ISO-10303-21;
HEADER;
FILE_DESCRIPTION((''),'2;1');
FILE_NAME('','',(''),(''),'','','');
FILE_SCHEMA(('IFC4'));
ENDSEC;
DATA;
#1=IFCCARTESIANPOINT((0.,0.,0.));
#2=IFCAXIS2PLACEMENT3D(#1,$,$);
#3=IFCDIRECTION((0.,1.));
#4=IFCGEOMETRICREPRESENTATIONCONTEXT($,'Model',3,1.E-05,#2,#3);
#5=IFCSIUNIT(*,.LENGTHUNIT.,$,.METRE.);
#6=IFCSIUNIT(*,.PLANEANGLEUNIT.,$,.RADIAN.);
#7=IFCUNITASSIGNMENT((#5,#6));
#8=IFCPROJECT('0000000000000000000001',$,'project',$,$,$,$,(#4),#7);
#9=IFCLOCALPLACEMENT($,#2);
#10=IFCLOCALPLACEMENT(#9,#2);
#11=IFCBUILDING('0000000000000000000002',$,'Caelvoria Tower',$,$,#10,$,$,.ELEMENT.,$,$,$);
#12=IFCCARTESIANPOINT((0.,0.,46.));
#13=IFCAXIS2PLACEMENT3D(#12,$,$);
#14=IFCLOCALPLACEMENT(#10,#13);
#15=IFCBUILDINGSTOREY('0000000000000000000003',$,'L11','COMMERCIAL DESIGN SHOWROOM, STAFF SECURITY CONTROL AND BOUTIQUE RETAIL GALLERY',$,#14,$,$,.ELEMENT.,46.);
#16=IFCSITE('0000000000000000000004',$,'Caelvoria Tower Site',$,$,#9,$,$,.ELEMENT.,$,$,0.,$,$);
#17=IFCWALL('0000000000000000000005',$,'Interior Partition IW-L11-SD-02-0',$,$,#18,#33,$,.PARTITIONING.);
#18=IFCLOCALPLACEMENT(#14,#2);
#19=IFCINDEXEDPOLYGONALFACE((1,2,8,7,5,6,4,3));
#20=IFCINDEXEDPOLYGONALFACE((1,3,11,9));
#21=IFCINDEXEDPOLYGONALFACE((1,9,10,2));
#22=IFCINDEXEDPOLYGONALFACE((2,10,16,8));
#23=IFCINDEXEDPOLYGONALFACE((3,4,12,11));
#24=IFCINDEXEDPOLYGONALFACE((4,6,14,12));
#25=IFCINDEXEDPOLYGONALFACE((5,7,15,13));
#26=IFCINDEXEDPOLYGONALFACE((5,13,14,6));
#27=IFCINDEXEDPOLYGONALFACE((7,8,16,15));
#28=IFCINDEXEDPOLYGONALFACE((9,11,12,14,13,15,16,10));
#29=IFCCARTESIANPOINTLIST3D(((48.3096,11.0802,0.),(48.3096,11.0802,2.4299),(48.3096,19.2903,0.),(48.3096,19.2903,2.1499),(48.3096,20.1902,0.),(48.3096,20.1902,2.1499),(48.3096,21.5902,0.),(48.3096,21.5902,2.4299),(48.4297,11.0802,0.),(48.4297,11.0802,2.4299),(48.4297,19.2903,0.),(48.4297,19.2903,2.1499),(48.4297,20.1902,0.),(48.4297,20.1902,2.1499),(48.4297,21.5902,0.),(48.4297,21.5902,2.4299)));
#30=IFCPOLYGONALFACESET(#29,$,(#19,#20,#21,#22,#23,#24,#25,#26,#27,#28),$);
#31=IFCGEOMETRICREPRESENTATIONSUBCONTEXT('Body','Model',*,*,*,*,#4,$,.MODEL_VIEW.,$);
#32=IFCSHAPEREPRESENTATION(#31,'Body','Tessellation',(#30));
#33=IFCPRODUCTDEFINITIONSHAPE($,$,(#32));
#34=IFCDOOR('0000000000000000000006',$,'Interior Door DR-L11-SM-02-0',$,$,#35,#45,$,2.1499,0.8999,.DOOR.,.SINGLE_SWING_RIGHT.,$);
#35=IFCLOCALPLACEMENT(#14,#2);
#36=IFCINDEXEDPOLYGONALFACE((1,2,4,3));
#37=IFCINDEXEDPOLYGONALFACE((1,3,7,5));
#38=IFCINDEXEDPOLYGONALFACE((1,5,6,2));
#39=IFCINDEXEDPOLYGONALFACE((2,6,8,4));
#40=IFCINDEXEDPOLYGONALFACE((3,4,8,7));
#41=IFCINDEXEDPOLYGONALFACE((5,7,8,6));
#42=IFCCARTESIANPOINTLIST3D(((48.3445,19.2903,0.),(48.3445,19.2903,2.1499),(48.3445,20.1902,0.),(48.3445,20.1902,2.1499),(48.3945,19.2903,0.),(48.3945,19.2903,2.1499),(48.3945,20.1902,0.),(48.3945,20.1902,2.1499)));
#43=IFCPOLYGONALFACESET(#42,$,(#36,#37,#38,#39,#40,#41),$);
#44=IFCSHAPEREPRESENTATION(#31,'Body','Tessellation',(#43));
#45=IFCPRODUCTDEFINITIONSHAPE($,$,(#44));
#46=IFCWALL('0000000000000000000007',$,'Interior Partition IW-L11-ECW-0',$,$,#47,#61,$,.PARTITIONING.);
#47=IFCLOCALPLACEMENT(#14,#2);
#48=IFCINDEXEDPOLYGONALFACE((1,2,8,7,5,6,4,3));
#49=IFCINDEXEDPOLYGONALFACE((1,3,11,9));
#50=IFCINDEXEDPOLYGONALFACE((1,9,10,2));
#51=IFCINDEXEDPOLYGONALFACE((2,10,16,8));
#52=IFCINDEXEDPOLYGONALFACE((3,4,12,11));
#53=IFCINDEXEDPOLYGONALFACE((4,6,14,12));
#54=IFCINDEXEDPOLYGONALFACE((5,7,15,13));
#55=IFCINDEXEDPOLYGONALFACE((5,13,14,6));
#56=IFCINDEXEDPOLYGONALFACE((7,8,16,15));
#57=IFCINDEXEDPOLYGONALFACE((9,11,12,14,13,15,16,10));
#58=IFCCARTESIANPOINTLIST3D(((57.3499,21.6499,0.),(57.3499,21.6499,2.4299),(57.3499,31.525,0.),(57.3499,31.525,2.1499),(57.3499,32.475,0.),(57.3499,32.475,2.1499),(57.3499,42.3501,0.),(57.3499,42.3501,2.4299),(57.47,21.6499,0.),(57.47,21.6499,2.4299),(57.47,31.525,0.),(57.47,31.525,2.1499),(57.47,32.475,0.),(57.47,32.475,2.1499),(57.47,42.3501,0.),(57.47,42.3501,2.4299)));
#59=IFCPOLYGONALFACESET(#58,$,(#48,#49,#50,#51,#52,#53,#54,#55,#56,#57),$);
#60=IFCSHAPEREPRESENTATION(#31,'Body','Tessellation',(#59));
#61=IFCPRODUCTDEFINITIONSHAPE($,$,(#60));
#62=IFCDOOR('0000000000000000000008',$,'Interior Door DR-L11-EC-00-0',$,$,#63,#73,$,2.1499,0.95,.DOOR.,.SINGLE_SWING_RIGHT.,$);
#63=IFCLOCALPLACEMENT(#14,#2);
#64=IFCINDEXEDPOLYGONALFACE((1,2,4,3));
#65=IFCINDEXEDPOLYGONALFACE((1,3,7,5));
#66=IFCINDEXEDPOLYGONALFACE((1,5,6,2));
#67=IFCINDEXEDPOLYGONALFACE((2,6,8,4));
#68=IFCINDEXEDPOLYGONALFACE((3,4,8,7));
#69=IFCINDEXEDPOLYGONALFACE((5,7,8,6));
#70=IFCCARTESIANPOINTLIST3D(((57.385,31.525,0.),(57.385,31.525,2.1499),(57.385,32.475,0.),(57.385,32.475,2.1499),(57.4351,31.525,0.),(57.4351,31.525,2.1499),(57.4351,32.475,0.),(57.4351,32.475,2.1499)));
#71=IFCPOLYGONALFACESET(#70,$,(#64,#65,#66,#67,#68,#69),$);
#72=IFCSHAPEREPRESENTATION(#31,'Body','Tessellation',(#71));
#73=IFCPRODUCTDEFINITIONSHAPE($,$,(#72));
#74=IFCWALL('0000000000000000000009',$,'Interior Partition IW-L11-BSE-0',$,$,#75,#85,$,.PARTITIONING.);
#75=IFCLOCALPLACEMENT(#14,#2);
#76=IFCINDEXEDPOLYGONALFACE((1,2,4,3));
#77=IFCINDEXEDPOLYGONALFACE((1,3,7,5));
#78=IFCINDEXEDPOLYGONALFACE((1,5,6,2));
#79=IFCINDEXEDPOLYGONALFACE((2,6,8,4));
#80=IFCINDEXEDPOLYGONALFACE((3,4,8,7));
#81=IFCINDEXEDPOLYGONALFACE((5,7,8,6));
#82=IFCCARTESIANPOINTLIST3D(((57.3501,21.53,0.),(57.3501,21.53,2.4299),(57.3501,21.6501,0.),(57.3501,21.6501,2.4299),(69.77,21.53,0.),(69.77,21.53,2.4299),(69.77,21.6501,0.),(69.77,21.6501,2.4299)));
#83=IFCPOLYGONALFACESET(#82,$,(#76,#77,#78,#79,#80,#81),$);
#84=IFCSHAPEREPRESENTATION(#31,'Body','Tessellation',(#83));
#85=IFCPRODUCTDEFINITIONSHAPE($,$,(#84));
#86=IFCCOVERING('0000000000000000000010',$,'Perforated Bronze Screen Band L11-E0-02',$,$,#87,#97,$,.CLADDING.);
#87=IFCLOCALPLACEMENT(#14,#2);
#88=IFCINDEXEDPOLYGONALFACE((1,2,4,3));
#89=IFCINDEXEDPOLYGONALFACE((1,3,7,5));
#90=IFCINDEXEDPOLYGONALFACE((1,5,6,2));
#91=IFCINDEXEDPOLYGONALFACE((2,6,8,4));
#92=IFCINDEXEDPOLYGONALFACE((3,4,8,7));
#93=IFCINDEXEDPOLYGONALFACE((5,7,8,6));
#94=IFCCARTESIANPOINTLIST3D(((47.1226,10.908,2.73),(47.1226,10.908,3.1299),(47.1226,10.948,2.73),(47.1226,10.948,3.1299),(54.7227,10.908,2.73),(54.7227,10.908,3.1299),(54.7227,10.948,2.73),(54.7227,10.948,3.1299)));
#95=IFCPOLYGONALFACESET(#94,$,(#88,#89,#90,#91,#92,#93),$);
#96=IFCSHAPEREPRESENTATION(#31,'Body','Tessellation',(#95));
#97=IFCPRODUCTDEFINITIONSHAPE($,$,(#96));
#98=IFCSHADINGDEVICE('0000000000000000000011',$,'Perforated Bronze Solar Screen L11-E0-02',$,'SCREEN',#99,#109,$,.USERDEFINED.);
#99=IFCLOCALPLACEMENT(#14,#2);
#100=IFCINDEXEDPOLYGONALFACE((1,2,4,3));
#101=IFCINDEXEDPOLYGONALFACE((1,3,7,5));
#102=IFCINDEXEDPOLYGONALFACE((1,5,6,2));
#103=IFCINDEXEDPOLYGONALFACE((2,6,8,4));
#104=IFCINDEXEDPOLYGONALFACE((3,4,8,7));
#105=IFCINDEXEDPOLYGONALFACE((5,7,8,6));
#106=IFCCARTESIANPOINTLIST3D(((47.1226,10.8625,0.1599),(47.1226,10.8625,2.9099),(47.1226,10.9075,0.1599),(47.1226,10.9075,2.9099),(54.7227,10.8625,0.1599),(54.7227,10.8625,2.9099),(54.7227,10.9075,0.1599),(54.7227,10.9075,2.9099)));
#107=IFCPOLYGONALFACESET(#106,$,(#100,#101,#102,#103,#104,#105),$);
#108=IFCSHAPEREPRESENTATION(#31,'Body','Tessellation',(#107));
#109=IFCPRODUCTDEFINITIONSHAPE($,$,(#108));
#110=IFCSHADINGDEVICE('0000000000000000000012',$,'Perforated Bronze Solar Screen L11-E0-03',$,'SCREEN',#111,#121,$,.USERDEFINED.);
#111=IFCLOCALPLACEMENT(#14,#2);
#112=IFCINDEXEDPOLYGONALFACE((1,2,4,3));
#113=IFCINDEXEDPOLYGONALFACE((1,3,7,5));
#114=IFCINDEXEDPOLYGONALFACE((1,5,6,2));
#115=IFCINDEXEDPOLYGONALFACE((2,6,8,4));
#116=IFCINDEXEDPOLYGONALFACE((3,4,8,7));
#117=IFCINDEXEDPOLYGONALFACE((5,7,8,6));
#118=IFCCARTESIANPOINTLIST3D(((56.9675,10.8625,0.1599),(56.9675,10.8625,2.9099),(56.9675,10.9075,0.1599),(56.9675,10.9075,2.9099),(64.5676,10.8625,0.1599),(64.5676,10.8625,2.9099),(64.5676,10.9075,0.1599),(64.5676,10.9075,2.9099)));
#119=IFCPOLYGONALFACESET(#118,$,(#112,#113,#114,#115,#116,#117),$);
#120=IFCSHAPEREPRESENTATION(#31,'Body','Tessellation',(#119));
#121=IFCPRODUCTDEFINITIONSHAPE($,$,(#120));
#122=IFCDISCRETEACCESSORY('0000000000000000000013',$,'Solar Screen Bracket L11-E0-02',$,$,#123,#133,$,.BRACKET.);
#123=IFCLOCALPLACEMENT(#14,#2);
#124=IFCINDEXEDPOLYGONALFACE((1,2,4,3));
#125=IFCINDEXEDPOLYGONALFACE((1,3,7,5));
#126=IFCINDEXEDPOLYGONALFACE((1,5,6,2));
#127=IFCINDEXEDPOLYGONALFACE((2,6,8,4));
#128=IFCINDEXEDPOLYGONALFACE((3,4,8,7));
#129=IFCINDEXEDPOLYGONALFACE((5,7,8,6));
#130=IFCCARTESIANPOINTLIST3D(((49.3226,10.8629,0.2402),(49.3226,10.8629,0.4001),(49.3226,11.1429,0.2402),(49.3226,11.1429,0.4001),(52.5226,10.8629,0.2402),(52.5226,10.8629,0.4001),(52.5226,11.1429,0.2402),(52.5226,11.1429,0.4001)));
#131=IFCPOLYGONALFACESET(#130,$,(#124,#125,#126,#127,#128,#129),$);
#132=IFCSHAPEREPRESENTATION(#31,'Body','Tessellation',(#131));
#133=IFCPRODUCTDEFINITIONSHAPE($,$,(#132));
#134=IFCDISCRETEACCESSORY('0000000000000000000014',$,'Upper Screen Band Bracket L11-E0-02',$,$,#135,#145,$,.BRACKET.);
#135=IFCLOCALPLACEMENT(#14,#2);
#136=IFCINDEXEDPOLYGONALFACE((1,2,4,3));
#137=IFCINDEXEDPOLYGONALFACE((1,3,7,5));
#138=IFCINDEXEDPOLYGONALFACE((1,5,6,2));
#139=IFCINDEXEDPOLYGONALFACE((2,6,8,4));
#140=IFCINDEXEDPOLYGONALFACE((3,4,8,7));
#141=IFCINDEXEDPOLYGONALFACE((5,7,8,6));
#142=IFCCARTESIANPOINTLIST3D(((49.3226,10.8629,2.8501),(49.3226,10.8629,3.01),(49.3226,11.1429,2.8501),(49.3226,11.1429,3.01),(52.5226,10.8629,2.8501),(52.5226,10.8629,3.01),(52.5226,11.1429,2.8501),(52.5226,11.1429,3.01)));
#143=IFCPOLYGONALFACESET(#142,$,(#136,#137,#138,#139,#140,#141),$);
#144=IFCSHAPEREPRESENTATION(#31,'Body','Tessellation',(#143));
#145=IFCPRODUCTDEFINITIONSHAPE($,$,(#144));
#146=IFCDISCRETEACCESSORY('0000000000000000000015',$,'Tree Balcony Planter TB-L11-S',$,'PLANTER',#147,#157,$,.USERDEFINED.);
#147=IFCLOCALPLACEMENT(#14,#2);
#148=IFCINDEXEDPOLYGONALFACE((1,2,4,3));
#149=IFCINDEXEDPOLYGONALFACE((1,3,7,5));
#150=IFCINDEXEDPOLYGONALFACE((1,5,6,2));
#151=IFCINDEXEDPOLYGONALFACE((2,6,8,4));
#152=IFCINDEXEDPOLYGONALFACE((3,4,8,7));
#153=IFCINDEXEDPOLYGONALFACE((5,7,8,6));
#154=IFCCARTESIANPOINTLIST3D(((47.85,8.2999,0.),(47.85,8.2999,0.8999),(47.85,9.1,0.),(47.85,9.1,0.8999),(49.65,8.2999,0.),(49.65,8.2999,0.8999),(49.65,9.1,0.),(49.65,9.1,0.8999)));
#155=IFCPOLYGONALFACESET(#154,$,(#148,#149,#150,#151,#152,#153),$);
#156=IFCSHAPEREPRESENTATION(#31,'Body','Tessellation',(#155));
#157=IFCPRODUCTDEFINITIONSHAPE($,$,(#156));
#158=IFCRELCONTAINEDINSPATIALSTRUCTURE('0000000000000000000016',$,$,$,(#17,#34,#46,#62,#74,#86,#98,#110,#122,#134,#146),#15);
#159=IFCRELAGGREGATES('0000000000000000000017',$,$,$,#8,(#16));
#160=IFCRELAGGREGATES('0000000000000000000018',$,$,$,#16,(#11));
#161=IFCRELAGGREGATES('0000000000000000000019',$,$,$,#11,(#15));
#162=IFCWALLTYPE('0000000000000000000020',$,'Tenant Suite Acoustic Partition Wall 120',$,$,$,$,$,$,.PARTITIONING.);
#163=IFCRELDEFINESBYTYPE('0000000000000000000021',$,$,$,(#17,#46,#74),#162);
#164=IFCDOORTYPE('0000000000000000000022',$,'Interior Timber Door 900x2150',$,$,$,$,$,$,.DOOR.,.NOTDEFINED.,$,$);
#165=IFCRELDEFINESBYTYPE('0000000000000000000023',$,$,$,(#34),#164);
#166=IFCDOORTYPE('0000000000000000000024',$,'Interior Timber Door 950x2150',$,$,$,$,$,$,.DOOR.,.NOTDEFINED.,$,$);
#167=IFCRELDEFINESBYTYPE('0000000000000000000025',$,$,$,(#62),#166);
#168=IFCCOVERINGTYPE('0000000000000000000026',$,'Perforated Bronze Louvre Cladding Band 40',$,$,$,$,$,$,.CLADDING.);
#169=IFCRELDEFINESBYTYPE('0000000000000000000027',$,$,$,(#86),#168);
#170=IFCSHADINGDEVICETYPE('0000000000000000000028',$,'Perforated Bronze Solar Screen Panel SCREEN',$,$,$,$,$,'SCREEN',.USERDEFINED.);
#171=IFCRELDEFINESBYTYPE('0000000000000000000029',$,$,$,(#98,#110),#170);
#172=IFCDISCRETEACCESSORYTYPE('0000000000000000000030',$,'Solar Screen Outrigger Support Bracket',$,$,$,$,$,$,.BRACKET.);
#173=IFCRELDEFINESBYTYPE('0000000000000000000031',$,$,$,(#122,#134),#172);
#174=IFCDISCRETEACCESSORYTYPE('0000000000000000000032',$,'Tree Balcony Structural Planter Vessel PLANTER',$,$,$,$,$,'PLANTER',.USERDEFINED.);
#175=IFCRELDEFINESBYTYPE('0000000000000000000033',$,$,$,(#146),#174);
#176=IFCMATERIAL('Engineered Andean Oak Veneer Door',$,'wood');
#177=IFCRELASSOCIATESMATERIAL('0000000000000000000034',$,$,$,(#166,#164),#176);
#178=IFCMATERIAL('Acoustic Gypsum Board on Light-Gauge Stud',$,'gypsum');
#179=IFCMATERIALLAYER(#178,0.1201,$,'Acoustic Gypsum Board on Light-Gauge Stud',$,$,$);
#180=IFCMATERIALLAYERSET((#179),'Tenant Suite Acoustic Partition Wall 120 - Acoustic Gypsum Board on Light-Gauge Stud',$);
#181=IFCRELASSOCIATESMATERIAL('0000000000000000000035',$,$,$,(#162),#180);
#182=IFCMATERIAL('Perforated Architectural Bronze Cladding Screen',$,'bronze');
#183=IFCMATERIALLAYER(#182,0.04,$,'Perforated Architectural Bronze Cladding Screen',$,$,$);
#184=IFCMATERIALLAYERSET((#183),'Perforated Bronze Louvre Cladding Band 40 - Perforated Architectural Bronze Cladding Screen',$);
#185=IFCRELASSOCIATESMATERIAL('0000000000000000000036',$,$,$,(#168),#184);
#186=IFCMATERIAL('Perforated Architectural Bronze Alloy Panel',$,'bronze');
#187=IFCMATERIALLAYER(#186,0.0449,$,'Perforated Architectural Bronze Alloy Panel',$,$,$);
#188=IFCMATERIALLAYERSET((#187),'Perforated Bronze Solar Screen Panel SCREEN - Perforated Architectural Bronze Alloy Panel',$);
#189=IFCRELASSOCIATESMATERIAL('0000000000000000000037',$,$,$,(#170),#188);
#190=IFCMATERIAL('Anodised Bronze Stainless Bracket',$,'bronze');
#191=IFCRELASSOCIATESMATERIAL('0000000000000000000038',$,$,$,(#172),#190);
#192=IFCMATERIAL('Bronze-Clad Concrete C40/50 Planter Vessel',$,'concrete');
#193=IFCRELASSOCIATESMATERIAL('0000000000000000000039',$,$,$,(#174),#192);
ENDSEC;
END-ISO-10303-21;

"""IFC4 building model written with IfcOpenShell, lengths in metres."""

from ifc_helpers import new_model, si_unit, direction, frame, frame_2d, origin, origin_2d, place, context, subcontext, project, spatial, rectangle, extrude, material, layer, layer_set, type_object, element, fill, save


model = new_model("IFC4")

# Units and contexts
model_context = context("Model", 3, precision=1e-05, world=origin(), true_north=direction((0.0, 1.0)))
body_context = subcontext(model_context, "Body", "Model", "MODEL_VIEW")
ifc_project = project(units=[si_unit("LENGTHUNIT", "METRE"), si_unit("PLANEANGLEUNIT", "RADIAN")], contexts=[model_context])

# Site, building, storey
site_placement = place(None, origin())
site = spatial("IfcSite", under=ifc_project, at=site_placement, Name="Caelvoria Tower Site", CompositionType="ELEMENT", RefElevation=0.0)
building_placement = place(site_placement, origin())
building = spatial("IfcBuilding", under=site, at=building_placement, Name="Caelvoria Tower", CompositionType="ELEMENT")
storey_placement = place(building_placement, frame((0.0, 0.0, 46.0)))
storey = spatial("IfcBuildingStorey", under=building, at=storey_placement, Name="L11", Description="COMMERCIAL DESIGN SHOWROOM, STAFF SECURITY CONTROL AND BOUTIQUE RETAIL GALLERY", CompositionType="ELEMENT", Elevation=46.0)

# Shared definitions
ifc_material_1 = material(Name="Engineered Andean Oak Veneer Door", Category="wood")
door_type_1 = type_object("IfcDoorType", Name="Interior Timber Door 950x2150", OperationType="NOTDEFINED", PredefinedType="DOOR", material=ifc_material_1)

# Walls, openings, doors
ifc_material_2 = material(Name="Acoustic Gypsum Board on Light-Gauge Stud", Category="gypsum")
ifc_layer_1 = layer(ifc_material_2, 0.1201, Name="Acoustic Gypsum Board on Light-Gauge Stud")
ifc_layer_set_1 = layer_set([ifc_layer_1], Name="Tenant Suite Acoustic Partition Wall 120 - Acoustic Gypsum Board on Light-Gauge Stud")
wall_type_1 = type_object("IfcWallType", Name="Tenant Suite Acoustic Partition Wall 120", PredefinedType="PARTITIONING", material=ifc_layer_set_1)
door_type_2 = type_object("IfcDoorType", Name="Interior Timber Door 900x2150", OperationType="NOTDEFINED", PredefinedType="DOOR", material=ifc_material_1)
wall_1_placement = place(storey_placement, frame((48.3696, 21.5901, 0.0), z_axis=(0.0, 0.0, 1.0), x_axis=(0.0, -1.0, 0.0)))
wall_1 = element("IfcWall", 1, at=wall_1_placement, inside=storey, type_object=wall_type_1, Name="Interior Partition IW-L11-SD-02-0", PredefinedType="PARTITIONING", context=body_context, shape_type="SweptSolid", body=[
    extrude(rectangle(XDim=10.51, YDim=0.1201, at=frame_2d((5.2549, 0.0))), origin(), (0.0, 0.0, 1.0), 2.4299),
])
opening_1_placement = place(wall_1_placement, frame((1.3999, 0.0, 0.0)))
opening_1 = element("IfcOpeningElement", 2, at=opening_1_placement, cuts=wall_1, PredefinedType="OPENING", context=body_context, shape_type="SweptSolid", body=[
    extrude(rectangle(XDim=0.8999, YDim=2.1499, at=frame_2d((0.45, 1.075))), frame((0.0, 0.0701, 0.0), z_axis=(0.0, -1.0, 0.0), x_axis=(1.0, 0.0, 0.0)), (0.0, 0.0, 1.0), 0.1401),
])
door_1_placement = place(opening_1_placement, origin())
door_1 = element("IfcDoor", 3, at=door_1_placement, inside=storey, type_object=door_type_2, Name="Interior Door DR-L11-SM-02-0", OperationType="SINGLE_SWING_RIGHT", OverallHeight=2.1499, OverallWidth=0.8999, PredefinedType="DOOR", context=body_context, shape_type="SweptSolid", body=[
    extrude(rectangle(XDim=0.8999, YDim=2.1499, at=frame_2d((0.45, 1.075))), frame((0.0, 0.0249, 0.0), z_axis=(0.0, -1.0, 0.0), x_axis=(1.0, 0.0, 0.0)), (0.0, 0.0, 1.0), 0.05),
])
fill(opening_1, door_1)
wall_2_placement = place(storey_placement, frame((57.4099, 21.6499, 0.0), z_axis=(0.0, 0.0, 1.0), x_axis=(0.0, 1.0, 0.0)))
wall_2 = element("IfcWall", 4, at=wall_2_placement, inside=storey, type_object=wall_type_1, Name="Interior Partition IW-L11-ECW-0", PredefinedType="PARTITIONING", context=body_context, shape_type="SweptSolid", body=[
    extrude(rectangle(XDim=20.7002, YDim=0.1201, at=frame_2d((10.3501, 0.0))), origin(), (0.0, 0.0, 1.0), 2.4299),
])
opening_2_placement = place(wall_2_placement, frame((9.875, 0.0, 0.0)))
opening_2 = element("IfcOpeningElement", 5, at=opening_2_placement, cuts=wall_2, PredefinedType="OPENING", context=body_context, shape_type="SweptSolid", body=[
    extrude(rectangle(XDim=0.95, YDim=2.1499, at=frame_2d((0.4751, 1.075))), frame((0.0, 0.0701, 0.0), z_axis=(0.0, -1.0, 0.0), x_axis=(1.0, 0.0, 0.0)), (0.0, 0.0, 1.0), 0.1401),
])
door_2_placement = place(opening_2_placement, origin())
door_2 = element("IfcDoor", 6, at=door_2_placement, inside=storey, type_object=door_type_1, Name="Interior Door DR-L11-EC-00-0", OperationType="SINGLE_SWING_RIGHT", OverallHeight=2.1499, OverallWidth=0.95, PredefinedType="DOOR", context=body_context, shape_type="SweptSolid", body=[
    extrude(rectangle(XDim=0.95, YDim=2.1499, at=frame_2d((0.4751, 1.075))), frame((0.0, 0.0249, 0.0), z_axis=(0.0, -1.0, 0.0), x_axis=(1.0, 0.0, 0.0)), (0.0, 0.0, 1.0), 0.05),
])
fill(opening_2, door_2)

# Wall
wall_3_placement = place(storey_placement, frame((57.3501, 21.5901, 0.0), z_axis=(0.0, 0.0, 1.0), x_axis=(1.0, 0.0, 0.0)))
element("IfcWall", 7, at=wall_3_placement, inside=storey, type_object=wall_type_1, Name="Interior Partition IW-L11-BSE-0", PredefinedType="PARTITIONING", context=body_context, shape_type="SweptSolid", body=[
    extrude(rectangle(XDim=12.4199, YDim=0.1201, at=frame_2d((6.21, 0.0))), origin(), (0.0, 0.0, 1.0), 2.4299),
])

# Covering
ifc_material_3 = material(Name="Perforated Architectural Bronze Cladding Screen", Category="bronze")
ifc_layer_2 = layer(ifc_material_3, 0.04, Name="Perforated Architectural Bronze Cladding Screen")
ifc_layer_set_2 = layer_set([ifc_layer_2], Name="Perforated Bronze Louvre Cladding Band 40 - Perforated Architectural Bronze Cladding Screen")
covering_type = type_object("IfcCoveringType", Name="Perforated Bronze Louvre Cladding Band 40", PredefinedType="CLADDING", material=ifc_layer_set_2)
covering_placement = place(storey_placement, frame((50.9226, 10.928, 2.73), z_axis=(0.0, 0.0, 1.0), x_axis=(1.0, 0.0, 0.0)))
element("IfcCovering", 8, at=covering_placement, inside=storey, type_object=covering_type, Name="Perforated Bronze Screen Band L11-E0-02", PredefinedType="CLADDING", context=body_context, shape_type="SweptSolid", body=[
    extrude(rectangle(XDim=7.6001, YDim=0.04, at=origin_2d()), origin(), (0.0, 0.0, 1.0), 0.3999),
])

# Shading devices
ifc_material_4 = material(Name="Perforated Architectural Bronze Alloy Panel", Category="bronze")
ifc_layer_3 = layer(ifc_material_4, 0.0449, Name="Perforated Architectural Bronze Alloy Panel")
ifc_layer_set_3 = layer_set([ifc_layer_3], Name="Perforated Bronze Solar Screen Panel SCREEN - Perforated Architectural Bronze Alloy Panel")
shading_device_type = type_object("IfcShadingDeviceType", Name="Perforated Bronze Solar Screen Panel SCREEN", ElementType="SCREEN", PredefinedType="USERDEFINED", material=ifc_layer_set_3)
for number, where, z_axis, x_axis, name in (
    (9, (50.9226, 10.885, 0.1599), (0.0, 0.0, 1.0), (1.0, 0.0, 0.0), "Perforated Bronze Solar Screen L11-E0-02"),
    (10, (60.7676, 10.885, 0.1599), (0.0, 0.0, 1.0), (1.0, 0.0, 0.0), "Perforated Bronze Solar Screen L11-E0-03"),
):
    element("IfcShadingDevice", number, at=place(storey_placement, frame(where, z_axis=z_axis, x_axis=x_axis)), inside=storey, type_object=shading_device_type, Name=name, ObjectType="SCREEN", PredefinedType="USERDEFINED", context=body_context, shape_type="SweptSolid", body=[
        extrude(rectangle(XDim=7.6001, YDim=0.0449, at=origin_2d()), origin(), (0.0, 0.0, 1.0), 2.75),
    ])

# Discrete accessories
ifc_material_5 = material(Name="Anodised Bronze Stainless Bracket", Category="bronze")
discrete_accessory_type_1 = type_object("IfcDiscreteAccessoryType", Name="Solar Screen Outrigger Support Bracket", PredefinedType="BRACKET", material=ifc_material_5)
for number, where, z_axis, x_axis, name in (
    (11, (50.9226, 11.0029, 0.2402), (0.0, 0.0, 1.0), (1.0, 0.0, 0.0), "Solar Screen Bracket L11-E0-02"),
    (12, (50.9226, 11.0029, 2.8501), (0.0, 0.0, 1.0), (1.0, 0.0, 0.0), "Upper Screen Band Bracket L11-E0-02"),
):
    element("IfcDiscreteAccessory", number, at=place(storey_placement, frame(where, z_axis=z_axis, x_axis=x_axis)), inside=storey, type_object=discrete_accessory_type_1, Name=name, PredefinedType="BRACKET", context=body_context, shape_type="SweptSolid", body=[
        extrude(rectangle(XDim=3.2, YDim=0.28, at=origin_2d()), origin(), (0.0, 0.0, 1.0), 0.1599),
    ])
ifc_material_6 = material(Name="Bronze-Clad Concrete C40/50 Planter Vessel", Category="concrete")
discrete_accessory_type_2 = type_object("IfcDiscreteAccessoryType", Name="Tree Balcony Structural Planter Vessel PLANTER", ElementType="PLANTER", PredefinedType="USERDEFINED", material=ifc_material_6)
discrete_accessory_placement = place(storey_placement, frame((48.75, 8.7, 0.0), z_axis=(0.0, 0.0, 1.0), x_axis=(1.0, 0.0, 0.0)))
element("IfcDiscreteAccessory", 13, at=discrete_accessory_placement, inside=storey, type_object=discrete_accessory_type_2, Name="Tree Balcony Planter TB-L11-S", ObjectType="PLANTER", PredefinedType="USERDEFINED", context=body_context, shape_type="SweptSolid", body=[
    extrude(rectangle(XDim=1.8, YDim=0.8, at=origin_2d()), origin(), (0.0, 0.0, 1.0), 0.8999),
])

save(model, "model.ifc")
